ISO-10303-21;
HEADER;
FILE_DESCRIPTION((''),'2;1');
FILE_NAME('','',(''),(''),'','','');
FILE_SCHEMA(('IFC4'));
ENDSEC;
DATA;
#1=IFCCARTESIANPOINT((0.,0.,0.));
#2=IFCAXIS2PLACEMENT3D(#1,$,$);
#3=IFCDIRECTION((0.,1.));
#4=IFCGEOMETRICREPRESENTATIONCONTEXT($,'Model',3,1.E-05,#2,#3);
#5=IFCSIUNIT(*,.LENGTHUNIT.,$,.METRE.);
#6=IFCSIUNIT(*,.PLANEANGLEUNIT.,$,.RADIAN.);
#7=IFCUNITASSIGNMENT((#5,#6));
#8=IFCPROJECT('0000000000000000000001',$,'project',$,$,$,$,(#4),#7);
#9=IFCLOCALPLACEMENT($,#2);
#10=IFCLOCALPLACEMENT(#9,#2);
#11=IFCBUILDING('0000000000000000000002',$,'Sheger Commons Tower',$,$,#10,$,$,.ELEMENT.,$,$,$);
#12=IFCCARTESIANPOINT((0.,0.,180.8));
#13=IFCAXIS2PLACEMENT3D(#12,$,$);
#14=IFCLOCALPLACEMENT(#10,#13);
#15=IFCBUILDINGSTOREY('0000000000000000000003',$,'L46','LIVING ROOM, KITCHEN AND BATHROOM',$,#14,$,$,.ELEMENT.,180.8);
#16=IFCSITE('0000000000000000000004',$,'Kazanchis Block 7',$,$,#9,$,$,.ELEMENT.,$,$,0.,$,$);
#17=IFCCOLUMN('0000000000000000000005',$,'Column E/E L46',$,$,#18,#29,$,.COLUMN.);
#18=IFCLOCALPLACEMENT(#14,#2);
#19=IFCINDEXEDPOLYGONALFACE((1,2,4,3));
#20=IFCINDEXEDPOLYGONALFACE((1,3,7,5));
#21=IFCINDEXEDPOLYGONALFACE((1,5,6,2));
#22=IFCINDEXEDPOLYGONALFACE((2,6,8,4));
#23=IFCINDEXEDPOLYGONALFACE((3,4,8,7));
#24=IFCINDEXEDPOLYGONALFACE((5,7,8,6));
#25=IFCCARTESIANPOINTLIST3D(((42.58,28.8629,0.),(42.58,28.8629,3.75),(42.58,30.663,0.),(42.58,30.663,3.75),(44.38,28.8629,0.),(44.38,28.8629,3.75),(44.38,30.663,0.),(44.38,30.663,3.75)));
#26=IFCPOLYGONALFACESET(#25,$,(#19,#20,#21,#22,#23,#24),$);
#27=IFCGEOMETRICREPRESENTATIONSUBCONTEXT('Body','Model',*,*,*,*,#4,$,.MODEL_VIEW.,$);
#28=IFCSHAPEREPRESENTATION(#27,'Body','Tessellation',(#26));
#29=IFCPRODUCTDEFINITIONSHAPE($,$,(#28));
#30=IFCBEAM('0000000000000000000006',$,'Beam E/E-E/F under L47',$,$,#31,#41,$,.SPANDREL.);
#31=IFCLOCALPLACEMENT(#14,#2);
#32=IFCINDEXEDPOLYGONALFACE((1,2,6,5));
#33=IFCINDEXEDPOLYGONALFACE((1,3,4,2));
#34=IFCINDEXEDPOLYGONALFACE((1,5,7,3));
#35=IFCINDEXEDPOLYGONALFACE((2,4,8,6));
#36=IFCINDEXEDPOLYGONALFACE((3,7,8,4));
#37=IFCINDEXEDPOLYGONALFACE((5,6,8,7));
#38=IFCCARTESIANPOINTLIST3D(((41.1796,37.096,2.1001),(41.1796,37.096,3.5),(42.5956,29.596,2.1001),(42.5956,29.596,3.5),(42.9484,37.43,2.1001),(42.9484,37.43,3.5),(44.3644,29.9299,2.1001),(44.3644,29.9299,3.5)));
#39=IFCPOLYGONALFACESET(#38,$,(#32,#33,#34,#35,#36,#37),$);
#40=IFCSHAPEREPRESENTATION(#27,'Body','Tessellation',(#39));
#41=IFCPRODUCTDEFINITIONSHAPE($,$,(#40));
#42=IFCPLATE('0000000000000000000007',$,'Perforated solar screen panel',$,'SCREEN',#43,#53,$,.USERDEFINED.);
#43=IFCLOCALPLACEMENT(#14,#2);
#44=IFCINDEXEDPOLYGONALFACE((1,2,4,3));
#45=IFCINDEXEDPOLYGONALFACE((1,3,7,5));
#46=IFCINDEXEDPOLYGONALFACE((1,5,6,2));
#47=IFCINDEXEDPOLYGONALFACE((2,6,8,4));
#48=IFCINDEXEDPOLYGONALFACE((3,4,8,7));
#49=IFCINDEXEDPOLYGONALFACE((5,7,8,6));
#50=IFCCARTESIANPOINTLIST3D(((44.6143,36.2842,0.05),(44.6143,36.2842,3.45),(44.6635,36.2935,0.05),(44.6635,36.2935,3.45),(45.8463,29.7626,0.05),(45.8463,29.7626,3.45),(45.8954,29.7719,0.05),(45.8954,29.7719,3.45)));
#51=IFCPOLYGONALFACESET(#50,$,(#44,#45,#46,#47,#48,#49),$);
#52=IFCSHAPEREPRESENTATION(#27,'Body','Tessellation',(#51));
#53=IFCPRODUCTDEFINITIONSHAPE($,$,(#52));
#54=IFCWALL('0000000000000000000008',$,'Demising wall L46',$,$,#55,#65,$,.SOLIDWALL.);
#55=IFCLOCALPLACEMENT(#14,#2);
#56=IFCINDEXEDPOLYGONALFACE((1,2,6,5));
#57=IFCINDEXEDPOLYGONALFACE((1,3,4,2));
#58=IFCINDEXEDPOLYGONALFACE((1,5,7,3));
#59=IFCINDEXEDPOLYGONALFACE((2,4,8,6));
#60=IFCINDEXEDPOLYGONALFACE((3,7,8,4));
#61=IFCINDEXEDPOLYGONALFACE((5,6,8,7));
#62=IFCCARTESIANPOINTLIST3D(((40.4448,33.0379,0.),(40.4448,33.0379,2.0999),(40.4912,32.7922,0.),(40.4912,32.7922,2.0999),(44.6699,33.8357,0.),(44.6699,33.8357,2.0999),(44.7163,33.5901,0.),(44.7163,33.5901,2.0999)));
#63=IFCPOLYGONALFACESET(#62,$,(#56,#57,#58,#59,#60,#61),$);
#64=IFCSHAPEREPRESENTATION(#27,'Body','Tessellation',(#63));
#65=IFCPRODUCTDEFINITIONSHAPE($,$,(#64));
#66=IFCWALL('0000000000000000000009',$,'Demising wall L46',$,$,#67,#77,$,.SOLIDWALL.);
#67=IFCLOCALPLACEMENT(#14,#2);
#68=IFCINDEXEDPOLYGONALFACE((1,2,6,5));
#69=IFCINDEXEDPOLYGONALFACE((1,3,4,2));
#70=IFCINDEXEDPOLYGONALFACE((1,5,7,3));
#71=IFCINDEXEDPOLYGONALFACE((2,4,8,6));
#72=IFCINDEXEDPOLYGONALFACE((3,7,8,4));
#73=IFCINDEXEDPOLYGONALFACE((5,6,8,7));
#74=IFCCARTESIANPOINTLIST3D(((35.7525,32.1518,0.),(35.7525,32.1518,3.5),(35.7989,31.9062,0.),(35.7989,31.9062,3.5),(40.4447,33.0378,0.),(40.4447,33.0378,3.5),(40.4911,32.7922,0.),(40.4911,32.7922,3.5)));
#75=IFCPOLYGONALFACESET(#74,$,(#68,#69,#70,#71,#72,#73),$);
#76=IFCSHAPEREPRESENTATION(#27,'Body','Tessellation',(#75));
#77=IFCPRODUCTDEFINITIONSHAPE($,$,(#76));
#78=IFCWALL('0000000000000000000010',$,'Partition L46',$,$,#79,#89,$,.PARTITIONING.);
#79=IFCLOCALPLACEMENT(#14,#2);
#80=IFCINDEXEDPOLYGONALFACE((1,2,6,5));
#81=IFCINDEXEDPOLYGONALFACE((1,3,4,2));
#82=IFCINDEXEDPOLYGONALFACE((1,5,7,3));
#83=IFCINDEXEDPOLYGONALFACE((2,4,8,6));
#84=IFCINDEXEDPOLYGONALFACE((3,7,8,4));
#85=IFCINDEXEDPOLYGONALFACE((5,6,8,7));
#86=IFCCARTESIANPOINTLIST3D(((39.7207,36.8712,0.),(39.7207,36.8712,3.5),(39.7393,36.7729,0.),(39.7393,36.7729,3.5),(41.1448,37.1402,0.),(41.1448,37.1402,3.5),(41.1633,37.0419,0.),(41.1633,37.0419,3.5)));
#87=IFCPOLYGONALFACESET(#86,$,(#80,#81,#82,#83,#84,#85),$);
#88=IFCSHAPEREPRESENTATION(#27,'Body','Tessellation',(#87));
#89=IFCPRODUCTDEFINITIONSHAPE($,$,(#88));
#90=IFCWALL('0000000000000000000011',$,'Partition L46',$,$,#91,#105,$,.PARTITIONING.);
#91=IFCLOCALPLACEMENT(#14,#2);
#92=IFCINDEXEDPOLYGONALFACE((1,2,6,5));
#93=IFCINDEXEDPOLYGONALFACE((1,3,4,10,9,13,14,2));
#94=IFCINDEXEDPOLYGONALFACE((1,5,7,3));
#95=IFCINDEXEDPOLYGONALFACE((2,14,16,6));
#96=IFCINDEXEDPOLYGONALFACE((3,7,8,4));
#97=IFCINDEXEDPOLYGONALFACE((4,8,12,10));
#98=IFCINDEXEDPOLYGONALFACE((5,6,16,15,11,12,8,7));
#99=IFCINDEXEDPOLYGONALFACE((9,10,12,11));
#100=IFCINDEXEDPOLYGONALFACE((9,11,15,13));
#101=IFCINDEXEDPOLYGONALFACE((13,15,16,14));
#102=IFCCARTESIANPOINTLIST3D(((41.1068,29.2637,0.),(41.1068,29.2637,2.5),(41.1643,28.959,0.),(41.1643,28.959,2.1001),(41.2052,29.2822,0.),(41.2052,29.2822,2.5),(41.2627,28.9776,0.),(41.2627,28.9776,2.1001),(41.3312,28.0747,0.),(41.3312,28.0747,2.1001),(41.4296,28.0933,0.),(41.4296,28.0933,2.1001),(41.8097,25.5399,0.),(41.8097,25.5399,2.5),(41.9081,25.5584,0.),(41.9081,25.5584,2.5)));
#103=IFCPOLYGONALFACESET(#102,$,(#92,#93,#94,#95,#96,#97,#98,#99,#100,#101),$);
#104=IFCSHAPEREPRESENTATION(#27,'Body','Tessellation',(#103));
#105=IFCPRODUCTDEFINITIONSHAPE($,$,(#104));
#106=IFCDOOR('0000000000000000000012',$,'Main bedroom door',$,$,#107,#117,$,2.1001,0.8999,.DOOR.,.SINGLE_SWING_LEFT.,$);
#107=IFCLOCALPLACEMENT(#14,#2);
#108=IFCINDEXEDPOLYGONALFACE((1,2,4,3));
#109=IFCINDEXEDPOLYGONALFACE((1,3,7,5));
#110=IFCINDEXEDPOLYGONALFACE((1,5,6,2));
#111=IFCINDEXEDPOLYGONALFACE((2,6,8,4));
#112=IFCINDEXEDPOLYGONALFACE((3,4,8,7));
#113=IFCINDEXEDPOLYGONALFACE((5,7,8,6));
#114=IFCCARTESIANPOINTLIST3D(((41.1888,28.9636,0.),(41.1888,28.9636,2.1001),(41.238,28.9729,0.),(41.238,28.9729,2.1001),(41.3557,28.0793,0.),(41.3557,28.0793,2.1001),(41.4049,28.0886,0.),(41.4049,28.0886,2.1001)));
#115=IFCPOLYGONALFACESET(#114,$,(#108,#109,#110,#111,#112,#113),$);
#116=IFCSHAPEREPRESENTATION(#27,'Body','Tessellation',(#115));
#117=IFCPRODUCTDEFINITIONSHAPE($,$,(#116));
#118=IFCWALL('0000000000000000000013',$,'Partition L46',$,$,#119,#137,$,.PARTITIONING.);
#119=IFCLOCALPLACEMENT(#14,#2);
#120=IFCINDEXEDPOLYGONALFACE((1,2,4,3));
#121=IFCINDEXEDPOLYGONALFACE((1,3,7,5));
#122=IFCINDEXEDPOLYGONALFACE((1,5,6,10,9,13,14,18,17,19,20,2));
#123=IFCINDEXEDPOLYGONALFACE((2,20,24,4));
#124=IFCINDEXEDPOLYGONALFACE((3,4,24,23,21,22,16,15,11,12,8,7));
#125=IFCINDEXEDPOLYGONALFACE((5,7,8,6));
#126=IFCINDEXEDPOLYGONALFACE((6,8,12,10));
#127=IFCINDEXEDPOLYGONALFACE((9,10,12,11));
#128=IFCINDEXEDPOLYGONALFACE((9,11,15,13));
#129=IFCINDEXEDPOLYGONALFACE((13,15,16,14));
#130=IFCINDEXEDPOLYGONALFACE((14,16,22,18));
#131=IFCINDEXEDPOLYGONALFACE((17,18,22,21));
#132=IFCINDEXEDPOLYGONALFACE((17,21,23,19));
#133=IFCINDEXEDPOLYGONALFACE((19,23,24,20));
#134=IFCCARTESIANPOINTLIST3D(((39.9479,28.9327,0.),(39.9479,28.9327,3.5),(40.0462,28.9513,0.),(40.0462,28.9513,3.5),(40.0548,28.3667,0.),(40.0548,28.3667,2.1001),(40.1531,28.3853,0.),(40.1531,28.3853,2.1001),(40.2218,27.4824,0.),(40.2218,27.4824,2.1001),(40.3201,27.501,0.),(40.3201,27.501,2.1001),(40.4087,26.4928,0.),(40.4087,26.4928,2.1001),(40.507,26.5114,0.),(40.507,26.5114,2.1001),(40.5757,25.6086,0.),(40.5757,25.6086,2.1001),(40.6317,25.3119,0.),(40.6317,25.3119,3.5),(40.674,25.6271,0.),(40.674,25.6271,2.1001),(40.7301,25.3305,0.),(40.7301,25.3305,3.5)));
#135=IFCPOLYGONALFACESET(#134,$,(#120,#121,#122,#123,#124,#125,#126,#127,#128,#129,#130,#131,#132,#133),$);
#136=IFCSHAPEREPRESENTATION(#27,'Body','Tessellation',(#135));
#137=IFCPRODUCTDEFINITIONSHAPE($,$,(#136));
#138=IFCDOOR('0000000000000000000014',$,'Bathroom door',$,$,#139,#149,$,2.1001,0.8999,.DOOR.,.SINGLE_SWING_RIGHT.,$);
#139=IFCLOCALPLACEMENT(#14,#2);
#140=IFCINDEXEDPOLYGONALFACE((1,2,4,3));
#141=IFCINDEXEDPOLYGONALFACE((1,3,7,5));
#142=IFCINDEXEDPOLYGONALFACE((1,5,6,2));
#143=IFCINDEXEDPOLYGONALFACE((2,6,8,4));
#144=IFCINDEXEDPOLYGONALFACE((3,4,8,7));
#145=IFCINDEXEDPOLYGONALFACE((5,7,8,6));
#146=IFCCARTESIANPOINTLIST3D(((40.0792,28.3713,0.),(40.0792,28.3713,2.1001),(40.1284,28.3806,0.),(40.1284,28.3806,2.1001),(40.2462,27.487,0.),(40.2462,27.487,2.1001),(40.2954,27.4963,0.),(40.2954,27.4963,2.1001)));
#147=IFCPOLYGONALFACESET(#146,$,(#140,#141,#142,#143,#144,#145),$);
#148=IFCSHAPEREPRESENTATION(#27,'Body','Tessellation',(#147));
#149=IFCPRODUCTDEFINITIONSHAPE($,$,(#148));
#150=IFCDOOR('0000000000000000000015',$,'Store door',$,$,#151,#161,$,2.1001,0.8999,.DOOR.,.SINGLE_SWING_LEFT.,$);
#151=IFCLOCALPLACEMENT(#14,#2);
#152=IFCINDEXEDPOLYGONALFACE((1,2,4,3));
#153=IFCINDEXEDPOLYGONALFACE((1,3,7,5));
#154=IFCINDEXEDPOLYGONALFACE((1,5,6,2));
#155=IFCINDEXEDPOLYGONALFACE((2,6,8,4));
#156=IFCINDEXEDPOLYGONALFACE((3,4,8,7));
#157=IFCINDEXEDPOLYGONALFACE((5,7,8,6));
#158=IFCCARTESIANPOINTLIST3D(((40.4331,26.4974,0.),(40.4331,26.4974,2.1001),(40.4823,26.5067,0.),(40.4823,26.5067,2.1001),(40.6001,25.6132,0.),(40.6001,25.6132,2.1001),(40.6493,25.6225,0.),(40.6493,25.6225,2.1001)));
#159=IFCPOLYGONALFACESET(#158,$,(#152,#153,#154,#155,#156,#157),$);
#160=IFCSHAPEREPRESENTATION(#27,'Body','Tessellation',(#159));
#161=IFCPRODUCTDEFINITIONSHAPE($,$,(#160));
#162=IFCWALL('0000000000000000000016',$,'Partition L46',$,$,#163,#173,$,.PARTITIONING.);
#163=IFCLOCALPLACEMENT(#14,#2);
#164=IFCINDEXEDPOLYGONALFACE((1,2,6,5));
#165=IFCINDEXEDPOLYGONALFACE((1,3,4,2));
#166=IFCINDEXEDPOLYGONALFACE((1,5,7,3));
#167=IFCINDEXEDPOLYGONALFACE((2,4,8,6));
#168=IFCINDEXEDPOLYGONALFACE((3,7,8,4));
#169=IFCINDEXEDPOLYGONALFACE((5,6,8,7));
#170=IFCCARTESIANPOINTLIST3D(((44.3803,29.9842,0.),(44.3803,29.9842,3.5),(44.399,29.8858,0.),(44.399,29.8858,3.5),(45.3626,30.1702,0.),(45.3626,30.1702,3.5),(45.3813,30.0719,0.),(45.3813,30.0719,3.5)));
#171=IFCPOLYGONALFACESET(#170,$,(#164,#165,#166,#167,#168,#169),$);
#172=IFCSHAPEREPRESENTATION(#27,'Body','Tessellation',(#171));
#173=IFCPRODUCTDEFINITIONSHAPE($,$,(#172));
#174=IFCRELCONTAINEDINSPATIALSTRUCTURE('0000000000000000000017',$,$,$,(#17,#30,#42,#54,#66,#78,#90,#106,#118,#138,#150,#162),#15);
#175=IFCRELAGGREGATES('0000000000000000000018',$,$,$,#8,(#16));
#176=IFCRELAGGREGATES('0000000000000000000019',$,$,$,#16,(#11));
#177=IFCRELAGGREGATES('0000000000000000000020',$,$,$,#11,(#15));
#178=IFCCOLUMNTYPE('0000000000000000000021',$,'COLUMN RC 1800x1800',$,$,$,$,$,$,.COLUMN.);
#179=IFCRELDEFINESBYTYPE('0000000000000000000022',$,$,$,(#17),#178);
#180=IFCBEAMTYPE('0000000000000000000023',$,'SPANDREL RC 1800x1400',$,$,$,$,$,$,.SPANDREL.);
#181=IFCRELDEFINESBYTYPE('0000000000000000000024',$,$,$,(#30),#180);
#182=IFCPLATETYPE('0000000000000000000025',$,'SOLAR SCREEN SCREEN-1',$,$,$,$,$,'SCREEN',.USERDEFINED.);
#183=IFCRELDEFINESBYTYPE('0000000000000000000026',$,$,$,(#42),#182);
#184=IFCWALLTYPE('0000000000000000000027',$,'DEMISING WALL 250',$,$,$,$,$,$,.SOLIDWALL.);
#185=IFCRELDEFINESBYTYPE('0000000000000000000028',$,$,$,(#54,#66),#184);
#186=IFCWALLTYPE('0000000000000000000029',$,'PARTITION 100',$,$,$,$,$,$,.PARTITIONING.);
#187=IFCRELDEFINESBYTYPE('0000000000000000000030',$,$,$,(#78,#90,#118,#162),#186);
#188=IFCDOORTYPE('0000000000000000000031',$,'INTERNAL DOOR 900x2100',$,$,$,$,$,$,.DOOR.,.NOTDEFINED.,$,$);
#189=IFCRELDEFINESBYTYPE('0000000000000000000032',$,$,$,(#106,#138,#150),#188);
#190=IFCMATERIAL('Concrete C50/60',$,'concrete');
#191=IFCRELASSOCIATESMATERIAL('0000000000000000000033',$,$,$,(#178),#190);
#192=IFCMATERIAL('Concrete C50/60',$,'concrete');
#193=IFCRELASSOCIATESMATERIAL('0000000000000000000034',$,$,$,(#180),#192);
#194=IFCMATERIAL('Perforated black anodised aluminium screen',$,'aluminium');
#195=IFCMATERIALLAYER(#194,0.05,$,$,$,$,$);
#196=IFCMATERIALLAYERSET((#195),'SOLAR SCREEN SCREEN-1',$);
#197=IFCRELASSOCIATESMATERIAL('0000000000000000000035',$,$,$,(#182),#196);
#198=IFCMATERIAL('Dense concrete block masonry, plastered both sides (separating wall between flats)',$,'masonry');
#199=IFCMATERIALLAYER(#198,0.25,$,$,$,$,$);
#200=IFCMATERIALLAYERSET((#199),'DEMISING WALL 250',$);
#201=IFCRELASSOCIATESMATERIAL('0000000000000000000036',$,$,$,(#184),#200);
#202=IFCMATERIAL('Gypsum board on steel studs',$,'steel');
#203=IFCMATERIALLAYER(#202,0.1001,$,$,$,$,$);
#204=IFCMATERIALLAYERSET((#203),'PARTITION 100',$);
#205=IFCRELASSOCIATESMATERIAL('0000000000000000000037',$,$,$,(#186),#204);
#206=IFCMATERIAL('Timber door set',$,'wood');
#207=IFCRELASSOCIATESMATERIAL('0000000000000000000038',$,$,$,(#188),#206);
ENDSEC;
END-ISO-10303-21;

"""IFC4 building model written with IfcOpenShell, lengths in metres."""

from ifc_helpers import new_model, si_unit, direction, frame, frame_2d, origin, origin_2d, place, context, subcontext, project, spatial, rectangle, extrude, material, layer, layer_set, material_profile, profile_set, type_object, element, fill, save


model = new_model("IFC4")

# Units and contexts
model_context = context("Model", 3, precision=1e-05, world=origin(), true_north=direction((0.0, 1.0)))
body_context = subcontext(model_context, "Body", "Model", "MODEL_VIEW")
ifc_project = project(units=[si_unit("LENGTHUNIT", "METRE"), si_unit("PLANEANGLEUNIT", "RADIAN")], contexts=[model_context])

# Site, building, storey
site_placement = place(None, origin())
site = spatial("IfcSite", under=ifc_project, at=site_placement, Name="Kazanchis Block 7", CompositionType="ELEMENT", RefElevation=0.0)
building_placement = place(site_placement, origin())
building = spatial("IfcBuilding", under=site, at=building_placement, Name="Sheger Commons Tower", CompositionType="ELEMENT")
storey_placement = place(building_placement, frame((0.0, 0.0, 180.8)))
storey = spatial("IfcBuildingStorey", under=building, at=storey_placement, Name="L46", Description="LIVING ROOM, KITCHEN AND BATHROOM", CompositionType="ELEMENT", Elevation=180.8)

# Column
ifc_material_1 = material(Name="Concrete C50/60", Category="concrete")
ifc_material_profile_1 = material_profile(ifc_material_1, rectangle(XDim=1.8, YDim=1.8, at=origin_2d()), Name="RC 1800x1800")
ifc_profile_set_1 = profile_set([ifc_material_profile_1], Name="Concrete C50/60")
column_type = type_object("IfcColumnType", Name="COLUMN RC 1800x1800", PredefinedType="COLUMN", material=ifc_profile_set_1)
column_placement = place(storey_placement, frame((43.48, 29.7629, 0.0), z_axis=(0.0, 0.0, 1.0), x_axis=(1.0, 0.0, 0.0)))
element("IfcColumn", 1, at=column_placement, inside=storey, type_object=column_type, Name="Column E/E L46", PredefinedType="COLUMN", context=body_context, shape_type="SweptSolid", body=[
    extrude(rectangle(XDim=1.8, YDim=1.8, at=origin_2d()), origin(), (0.0, 0.0, 1.0), 3.75),
])

# Beam
ifc_material_2 = material(Name="Concrete C50/60", Category="concrete")
ifc_material_profile_2 = material_profile(ifc_material_2, rectangle(XDim=1.8, YDim=1.3999, at=origin_2d()), Name="RC 1800x1400")
ifc_profile_set_2 = profile_set([ifc_material_profile_2], Name="Concrete C50/60")
beam_type = type_object("IfcBeamType", Name="SPANDREL RC 1800x1400", PredefinedType="SPANDREL", material=ifc_profile_set_2)
beam_placement = place(storey_placement, frame((43.48, 29.7629, 2.8), z_axis=(-0.185524, 0.98264, 0.0), x_axis=(-0.98264, -0.185524, 0.0)))
element("IfcBeam", 2, at=beam_placement, inside=storey, type_object=beam_type, Name="Beam E/E-E/F under L47", PredefinedType="SPANDREL", context=body_context, shape_type="SweptSolid", body=[
    extrude(rectangle(XDim=1.8, YDim=1.3999, at=origin_2d()), origin(), (0.0, 0.0, 1.0), 7.6326),
])

# Plate
ifc_material_3 = material(Name="Perforated black anodised aluminium screen", Category="aluminium")
ifc_layer_1 = layer(ifc_material_3, 0.05)
ifc_layer_set_1 = layer_set([ifc_layer_1], Name="SOLAR SCREEN SCREEN-1")
plate_type = type_object("IfcPlateType", Name="SOLAR SCREEN SCREEN-1", ElementType="SCREEN", PredefinedType="USERDEFINED", material=ifc_layer_set_1)
plate_placement = place(storey_placement, frame((45.2549, 33.0281, 0.05), z_axis=(0.0, 0.0, 1.0), x_axis=(-0.185615, 0.982623, 0.0)))
element("IfcPlate", 3, at=plate_placement, inside=storey, type_object=plate_type, Name="Perforated solar screen panel", ObjectType="SCREEN", PredefinedType="USERDEFINED", context=body_context, shape_type="SweptSolid", body=[
    extrude(rectangle(XDim=6.637, YDim=0.05, at=origin_2d()), origin(), (0.0, 0.0, 1.0), 3.3999),
])

# Walls
ifc_material_4 = material(Name="Dense concrete block masonry, plastered both sides (separating wall between flats)", Category="masonry")
ifc_layer_2 = layer(ifc_material_4, 0.25)
ifc_layer_set_2 = layer_set([ifc_layer_2], Name="DEMISING WALL 250")
wall_type_1 = type_object("IfcWallType", Name="DEMISING WALL 250", PredefinedType="SOLIDWALL", material=ifc_layer_set_2)
wall_1_placement = place(storey_placement, frame((44.6931, 33.7129, 0.0), z_axis=(0.0, 0.0, 1.0), x_axis=(-0.982634, -0.185557, 0.0)))
element("IfcWall", 4, at=wall_1_placement, inside=storey, type_object=wall_type_1, Name="Demising wall L46", PredefinedType="SOLIDWALL", context=body_context, shape_type="SweptSolid", body=[
    extrude(rectangle(XDim=4.2998, YDim=0.25, at=frame_2d((2.1499, 0.0))), origin(), (0.0, 0.0, 1.0), 2.0999),
])
wall_2_placement = place(storey_placement, frame((40.468, 32.915, 0.0), z_axis=(0.0, 0.0, 1.0), x_axis=(-0.982636, -0.185545, 0.0)))
element("IfcWall", 5, at=wall_2_placement, inside=storey, type_object=wall_type_1, Name="Demising wall L46", PredefinedType="SOLIDWALL", context=body_context, shape_type="SweptSolid", body=[
    extrude(rectangle(XDim=4.7751, YDim=0.25, at=frame_2d((2.3877, 0.0))), origin(), (0.0, 0.0, 1.0), 3.5),
])
ifc_material_5 = material(Name="Gypsum board on steel studs", Category="steel")
ifc_layer_3 = layer(ifc_material_5, 0.1001)
ifc_layer_set_3 = layer_set([ifc_layer_3], Name="PARTITION 100")
wall_type_2 = type_object("IfcWallType", Name="PARTITION 100", PredefinedType="PARTITIONING", material=ifc_layer_set_3)
wall_3_placement = place(storey_placement, frame((41.1541, 37.0911, 0.0), z_axis=(0.0, 0.0, 1.0), x_axis=(-0.982618, -0.185641, 0.0)))
element("IfcWall", 6, at=wall_3_placement, inside=storey, type_object=wall_type_2, Name="Partition L46", PredefinedType="PARTITIONING", context=body_context, shape_type="SweptSolid", body=[
    extrude(rectangle(XDim=1.4492, YDim=0.1001, at=frame_2d((0.7246, 0.0))), origin(), (0.0, 0.0, 1.0), 3.5),
])

# Wall, opening, door
wall_4_placement = place(storey_placement, frame((41.156, 29.2729, 0.0), z_axis=(0.0, 0.0, 1.0), x_axis=(0.185475, -0.982649, 0.0)))
wall_4 = element("IfcWall", 7, at=wall_4_placement, inside=storey, type_object=wall_type_2, Name="Partition L46", PredefinedType="PARTITIONING", context=body_context, shape_type="SweptSolid", body=[
    extrude(rectangle(XDim=3.7896, YDim=0.1001, at=frame_2d((1.8948, 0.0))), origin(), (0.0, 0.0, 1.0), 2.5),
])
opening_1_placement = place(wall_4_placement, frame((0.3101, 0.0, 0.0)))
opening_1 = element("IfcOpeningElement", 8, at=opening_1_placement, cuts=wall_4, PredefinedType="OPENING", context=body_context, shape_type="SweptSolid", body=[
    extrude(rectangle(XDim=0.8999, YDim=2.1001, at=frame_2d((0.45, 1.05))), frame((0.0, 0.0601, 0.0), z_axis=(0.0, -1.0, 0.0), x_axis=(1.0, 0.0, 0.0)), (0.0, 0.0, 1.0), 0.1201),
])
ifc_material_6 = material(Name="Timber door set", Category="wood")
door_type = type_object("IfcDoorType", Name="INTERNAL DOOR 900x2100", OperationType="NOTDEFINED", PredefinedType="DOOR", material=ifc_material_6)
door_1_placement = place(opening_1_placement, origin())
door_1 = element("IfcDoor", 9, at=door_1_placement, inside=storey, type_object=door_type, Name="Main bedroom door", OperationType="SINGLE_SWING_LEFT", OverallHeight=2.1001, OverallWidth=0.8999, PredefinedType="DOOR", context=body_context, shape_type="SweptSolid", body=[
    extrude(rectangle(XDim=0.8999, YDim=2.1001, at=frame_2d((0.45, 1.05))), frame((0.0, 0.0249, 0.0), z_axis=(0.0, -1.0, 0.0), x_axis=(1.0, 0.0, 0.0)), (0.0, 0.0, 1.0), 0.05),
])
fill(opening_1, door_1)

# Wall, openings, doors
wall_5_placement = place(storey_placement, frame((39.9971, 28.9419, 0.0), z_axis=(0.0, 0.0, 1.0), x_axis=(0.18558, -0.982629, 0.0)))
wall_5 = element("IfcWall", 10, at=wall_5_placement, inside=storey, type_object=wall_type_2, Name="Partition L46", PredefinedType="PARTITIONING", context=body_context, shape_type="SweptSolid", body=[
    extrude(rectangle(XDim=3.6848, YDim=0.1001, at=frame_2d((1.8423, 0.0))), origin(), (0.0, 0.0, 1.0), 3.5),
])
opening_2_placement = place(wall_5_placement, frame((0.5759, 0.0, 0.0)))
opening_2 = element("IfcOpeningElement", 11, at=opening_2_placement, cuts=wall_5, PredefinedType="OPENING", context=body_context, shape_type="SweptSolid", body=[
    extrude(rectangle(XDim=0.8999, YDim=2.1001, at=frame_2d((0.45, 1.05))), frame((0.0, 0.0601, 0.0), z_axis=(0.0, -1.0, 0.0), x_axis=(1.0, 0.0, 0.0)), (0.0, 0.0, 1.0), 0.1201),
])
opening_3_placement = place(wall_5_placement, frame((2.4829, 0.0, 0.0)))
opening_3 = element("IfcOpeningElement", 12, at=opening_3_placement, cuts=wall_5, PredefinedType="OPENING", context=body_context, shape_type="SweptSolid", body=[
    extrude(rectangle(XDim=0.8999, YDim=2.1001, at=frame_2d((0.45, 1.05))), frame((0.0, 0.0601, 0.0), z_axis=(0.0, -1.0, 0.0), x_axis=(1.0, 0.0, 0.0)), (0.0, 0.0, 1.0), 0.1201),
])
door_2_placement = place(opening_2_placement, origin())
door_2 = element("IfcDoor", 13, at=door_2_placement, inside=storey, type_object=door_type, Name="Bathroom door", OperationType="SINGLE_SWING_RIGHT", OverallHeight=2.1001, OverallWidth=0.8999, PredefinedType="DOOR", context=body_context, shape_type="SweptSolid", body=[
    extrude(rectangle(XDim=0.8999, YDim=2.1001, at=frame_2d((0.45, 1.05))), frame((0.0, 0.0249, 0.0), z_axis=(0.0, -1.0, 0.0), x_axis=(1.0, 0.0, 0.0)), (0.0, 0.0, 1.0), 0.05),
])
fill(opening_2, door_2)
door_3_placement = place(opening_3_placement, origin())
door_3 = element("IfcDoor", 14, at=door_3_placement, inside=storey, type_object=door_type, Name="Store door", OperationType="SINGLE_SWING_LEFT", OverallHeight=2.1001, OverallWidth=0.8999, PredefinedType="DOOR", context=body_context, shape_type="SweptSolid", body=[
    extrude(rectangle(XDim=0.8999, YDim=2.1001, at=frame_2d((0.45, 1.05))), frame((0.0, 0.0249, 0.0), z_axis=(0.0, -1.0, 0.0), x_axis=(1.0, 0.0, 0.0)), (0.0, 0.0, 1.0), 0.05),
])
fill(opening_3, door_3)

# Wall
wall_6_placement = place(storey_placement, frame((45.3721, 30.1211, 0.0), z_axis=(0.0, 0.0, 1.0), x_axis=(-0.98253, -0.186102, 0.0)))
element("IfcWall", 15, at=wall_6_placement, inside=storey, type_object=wall_type_2, Name="Partition L46", PredefinedType="PARTITIONING", context=body_context, shape_type="SweptSolid", body=[
    extrude(rectangle(XDim=0.9998, YDim=0.1001, at=frame_2d((0.5, 0.0))), origin(), (0.0, 0.0, 1.0), 3.5),
])

save(model, "model.ifc")
